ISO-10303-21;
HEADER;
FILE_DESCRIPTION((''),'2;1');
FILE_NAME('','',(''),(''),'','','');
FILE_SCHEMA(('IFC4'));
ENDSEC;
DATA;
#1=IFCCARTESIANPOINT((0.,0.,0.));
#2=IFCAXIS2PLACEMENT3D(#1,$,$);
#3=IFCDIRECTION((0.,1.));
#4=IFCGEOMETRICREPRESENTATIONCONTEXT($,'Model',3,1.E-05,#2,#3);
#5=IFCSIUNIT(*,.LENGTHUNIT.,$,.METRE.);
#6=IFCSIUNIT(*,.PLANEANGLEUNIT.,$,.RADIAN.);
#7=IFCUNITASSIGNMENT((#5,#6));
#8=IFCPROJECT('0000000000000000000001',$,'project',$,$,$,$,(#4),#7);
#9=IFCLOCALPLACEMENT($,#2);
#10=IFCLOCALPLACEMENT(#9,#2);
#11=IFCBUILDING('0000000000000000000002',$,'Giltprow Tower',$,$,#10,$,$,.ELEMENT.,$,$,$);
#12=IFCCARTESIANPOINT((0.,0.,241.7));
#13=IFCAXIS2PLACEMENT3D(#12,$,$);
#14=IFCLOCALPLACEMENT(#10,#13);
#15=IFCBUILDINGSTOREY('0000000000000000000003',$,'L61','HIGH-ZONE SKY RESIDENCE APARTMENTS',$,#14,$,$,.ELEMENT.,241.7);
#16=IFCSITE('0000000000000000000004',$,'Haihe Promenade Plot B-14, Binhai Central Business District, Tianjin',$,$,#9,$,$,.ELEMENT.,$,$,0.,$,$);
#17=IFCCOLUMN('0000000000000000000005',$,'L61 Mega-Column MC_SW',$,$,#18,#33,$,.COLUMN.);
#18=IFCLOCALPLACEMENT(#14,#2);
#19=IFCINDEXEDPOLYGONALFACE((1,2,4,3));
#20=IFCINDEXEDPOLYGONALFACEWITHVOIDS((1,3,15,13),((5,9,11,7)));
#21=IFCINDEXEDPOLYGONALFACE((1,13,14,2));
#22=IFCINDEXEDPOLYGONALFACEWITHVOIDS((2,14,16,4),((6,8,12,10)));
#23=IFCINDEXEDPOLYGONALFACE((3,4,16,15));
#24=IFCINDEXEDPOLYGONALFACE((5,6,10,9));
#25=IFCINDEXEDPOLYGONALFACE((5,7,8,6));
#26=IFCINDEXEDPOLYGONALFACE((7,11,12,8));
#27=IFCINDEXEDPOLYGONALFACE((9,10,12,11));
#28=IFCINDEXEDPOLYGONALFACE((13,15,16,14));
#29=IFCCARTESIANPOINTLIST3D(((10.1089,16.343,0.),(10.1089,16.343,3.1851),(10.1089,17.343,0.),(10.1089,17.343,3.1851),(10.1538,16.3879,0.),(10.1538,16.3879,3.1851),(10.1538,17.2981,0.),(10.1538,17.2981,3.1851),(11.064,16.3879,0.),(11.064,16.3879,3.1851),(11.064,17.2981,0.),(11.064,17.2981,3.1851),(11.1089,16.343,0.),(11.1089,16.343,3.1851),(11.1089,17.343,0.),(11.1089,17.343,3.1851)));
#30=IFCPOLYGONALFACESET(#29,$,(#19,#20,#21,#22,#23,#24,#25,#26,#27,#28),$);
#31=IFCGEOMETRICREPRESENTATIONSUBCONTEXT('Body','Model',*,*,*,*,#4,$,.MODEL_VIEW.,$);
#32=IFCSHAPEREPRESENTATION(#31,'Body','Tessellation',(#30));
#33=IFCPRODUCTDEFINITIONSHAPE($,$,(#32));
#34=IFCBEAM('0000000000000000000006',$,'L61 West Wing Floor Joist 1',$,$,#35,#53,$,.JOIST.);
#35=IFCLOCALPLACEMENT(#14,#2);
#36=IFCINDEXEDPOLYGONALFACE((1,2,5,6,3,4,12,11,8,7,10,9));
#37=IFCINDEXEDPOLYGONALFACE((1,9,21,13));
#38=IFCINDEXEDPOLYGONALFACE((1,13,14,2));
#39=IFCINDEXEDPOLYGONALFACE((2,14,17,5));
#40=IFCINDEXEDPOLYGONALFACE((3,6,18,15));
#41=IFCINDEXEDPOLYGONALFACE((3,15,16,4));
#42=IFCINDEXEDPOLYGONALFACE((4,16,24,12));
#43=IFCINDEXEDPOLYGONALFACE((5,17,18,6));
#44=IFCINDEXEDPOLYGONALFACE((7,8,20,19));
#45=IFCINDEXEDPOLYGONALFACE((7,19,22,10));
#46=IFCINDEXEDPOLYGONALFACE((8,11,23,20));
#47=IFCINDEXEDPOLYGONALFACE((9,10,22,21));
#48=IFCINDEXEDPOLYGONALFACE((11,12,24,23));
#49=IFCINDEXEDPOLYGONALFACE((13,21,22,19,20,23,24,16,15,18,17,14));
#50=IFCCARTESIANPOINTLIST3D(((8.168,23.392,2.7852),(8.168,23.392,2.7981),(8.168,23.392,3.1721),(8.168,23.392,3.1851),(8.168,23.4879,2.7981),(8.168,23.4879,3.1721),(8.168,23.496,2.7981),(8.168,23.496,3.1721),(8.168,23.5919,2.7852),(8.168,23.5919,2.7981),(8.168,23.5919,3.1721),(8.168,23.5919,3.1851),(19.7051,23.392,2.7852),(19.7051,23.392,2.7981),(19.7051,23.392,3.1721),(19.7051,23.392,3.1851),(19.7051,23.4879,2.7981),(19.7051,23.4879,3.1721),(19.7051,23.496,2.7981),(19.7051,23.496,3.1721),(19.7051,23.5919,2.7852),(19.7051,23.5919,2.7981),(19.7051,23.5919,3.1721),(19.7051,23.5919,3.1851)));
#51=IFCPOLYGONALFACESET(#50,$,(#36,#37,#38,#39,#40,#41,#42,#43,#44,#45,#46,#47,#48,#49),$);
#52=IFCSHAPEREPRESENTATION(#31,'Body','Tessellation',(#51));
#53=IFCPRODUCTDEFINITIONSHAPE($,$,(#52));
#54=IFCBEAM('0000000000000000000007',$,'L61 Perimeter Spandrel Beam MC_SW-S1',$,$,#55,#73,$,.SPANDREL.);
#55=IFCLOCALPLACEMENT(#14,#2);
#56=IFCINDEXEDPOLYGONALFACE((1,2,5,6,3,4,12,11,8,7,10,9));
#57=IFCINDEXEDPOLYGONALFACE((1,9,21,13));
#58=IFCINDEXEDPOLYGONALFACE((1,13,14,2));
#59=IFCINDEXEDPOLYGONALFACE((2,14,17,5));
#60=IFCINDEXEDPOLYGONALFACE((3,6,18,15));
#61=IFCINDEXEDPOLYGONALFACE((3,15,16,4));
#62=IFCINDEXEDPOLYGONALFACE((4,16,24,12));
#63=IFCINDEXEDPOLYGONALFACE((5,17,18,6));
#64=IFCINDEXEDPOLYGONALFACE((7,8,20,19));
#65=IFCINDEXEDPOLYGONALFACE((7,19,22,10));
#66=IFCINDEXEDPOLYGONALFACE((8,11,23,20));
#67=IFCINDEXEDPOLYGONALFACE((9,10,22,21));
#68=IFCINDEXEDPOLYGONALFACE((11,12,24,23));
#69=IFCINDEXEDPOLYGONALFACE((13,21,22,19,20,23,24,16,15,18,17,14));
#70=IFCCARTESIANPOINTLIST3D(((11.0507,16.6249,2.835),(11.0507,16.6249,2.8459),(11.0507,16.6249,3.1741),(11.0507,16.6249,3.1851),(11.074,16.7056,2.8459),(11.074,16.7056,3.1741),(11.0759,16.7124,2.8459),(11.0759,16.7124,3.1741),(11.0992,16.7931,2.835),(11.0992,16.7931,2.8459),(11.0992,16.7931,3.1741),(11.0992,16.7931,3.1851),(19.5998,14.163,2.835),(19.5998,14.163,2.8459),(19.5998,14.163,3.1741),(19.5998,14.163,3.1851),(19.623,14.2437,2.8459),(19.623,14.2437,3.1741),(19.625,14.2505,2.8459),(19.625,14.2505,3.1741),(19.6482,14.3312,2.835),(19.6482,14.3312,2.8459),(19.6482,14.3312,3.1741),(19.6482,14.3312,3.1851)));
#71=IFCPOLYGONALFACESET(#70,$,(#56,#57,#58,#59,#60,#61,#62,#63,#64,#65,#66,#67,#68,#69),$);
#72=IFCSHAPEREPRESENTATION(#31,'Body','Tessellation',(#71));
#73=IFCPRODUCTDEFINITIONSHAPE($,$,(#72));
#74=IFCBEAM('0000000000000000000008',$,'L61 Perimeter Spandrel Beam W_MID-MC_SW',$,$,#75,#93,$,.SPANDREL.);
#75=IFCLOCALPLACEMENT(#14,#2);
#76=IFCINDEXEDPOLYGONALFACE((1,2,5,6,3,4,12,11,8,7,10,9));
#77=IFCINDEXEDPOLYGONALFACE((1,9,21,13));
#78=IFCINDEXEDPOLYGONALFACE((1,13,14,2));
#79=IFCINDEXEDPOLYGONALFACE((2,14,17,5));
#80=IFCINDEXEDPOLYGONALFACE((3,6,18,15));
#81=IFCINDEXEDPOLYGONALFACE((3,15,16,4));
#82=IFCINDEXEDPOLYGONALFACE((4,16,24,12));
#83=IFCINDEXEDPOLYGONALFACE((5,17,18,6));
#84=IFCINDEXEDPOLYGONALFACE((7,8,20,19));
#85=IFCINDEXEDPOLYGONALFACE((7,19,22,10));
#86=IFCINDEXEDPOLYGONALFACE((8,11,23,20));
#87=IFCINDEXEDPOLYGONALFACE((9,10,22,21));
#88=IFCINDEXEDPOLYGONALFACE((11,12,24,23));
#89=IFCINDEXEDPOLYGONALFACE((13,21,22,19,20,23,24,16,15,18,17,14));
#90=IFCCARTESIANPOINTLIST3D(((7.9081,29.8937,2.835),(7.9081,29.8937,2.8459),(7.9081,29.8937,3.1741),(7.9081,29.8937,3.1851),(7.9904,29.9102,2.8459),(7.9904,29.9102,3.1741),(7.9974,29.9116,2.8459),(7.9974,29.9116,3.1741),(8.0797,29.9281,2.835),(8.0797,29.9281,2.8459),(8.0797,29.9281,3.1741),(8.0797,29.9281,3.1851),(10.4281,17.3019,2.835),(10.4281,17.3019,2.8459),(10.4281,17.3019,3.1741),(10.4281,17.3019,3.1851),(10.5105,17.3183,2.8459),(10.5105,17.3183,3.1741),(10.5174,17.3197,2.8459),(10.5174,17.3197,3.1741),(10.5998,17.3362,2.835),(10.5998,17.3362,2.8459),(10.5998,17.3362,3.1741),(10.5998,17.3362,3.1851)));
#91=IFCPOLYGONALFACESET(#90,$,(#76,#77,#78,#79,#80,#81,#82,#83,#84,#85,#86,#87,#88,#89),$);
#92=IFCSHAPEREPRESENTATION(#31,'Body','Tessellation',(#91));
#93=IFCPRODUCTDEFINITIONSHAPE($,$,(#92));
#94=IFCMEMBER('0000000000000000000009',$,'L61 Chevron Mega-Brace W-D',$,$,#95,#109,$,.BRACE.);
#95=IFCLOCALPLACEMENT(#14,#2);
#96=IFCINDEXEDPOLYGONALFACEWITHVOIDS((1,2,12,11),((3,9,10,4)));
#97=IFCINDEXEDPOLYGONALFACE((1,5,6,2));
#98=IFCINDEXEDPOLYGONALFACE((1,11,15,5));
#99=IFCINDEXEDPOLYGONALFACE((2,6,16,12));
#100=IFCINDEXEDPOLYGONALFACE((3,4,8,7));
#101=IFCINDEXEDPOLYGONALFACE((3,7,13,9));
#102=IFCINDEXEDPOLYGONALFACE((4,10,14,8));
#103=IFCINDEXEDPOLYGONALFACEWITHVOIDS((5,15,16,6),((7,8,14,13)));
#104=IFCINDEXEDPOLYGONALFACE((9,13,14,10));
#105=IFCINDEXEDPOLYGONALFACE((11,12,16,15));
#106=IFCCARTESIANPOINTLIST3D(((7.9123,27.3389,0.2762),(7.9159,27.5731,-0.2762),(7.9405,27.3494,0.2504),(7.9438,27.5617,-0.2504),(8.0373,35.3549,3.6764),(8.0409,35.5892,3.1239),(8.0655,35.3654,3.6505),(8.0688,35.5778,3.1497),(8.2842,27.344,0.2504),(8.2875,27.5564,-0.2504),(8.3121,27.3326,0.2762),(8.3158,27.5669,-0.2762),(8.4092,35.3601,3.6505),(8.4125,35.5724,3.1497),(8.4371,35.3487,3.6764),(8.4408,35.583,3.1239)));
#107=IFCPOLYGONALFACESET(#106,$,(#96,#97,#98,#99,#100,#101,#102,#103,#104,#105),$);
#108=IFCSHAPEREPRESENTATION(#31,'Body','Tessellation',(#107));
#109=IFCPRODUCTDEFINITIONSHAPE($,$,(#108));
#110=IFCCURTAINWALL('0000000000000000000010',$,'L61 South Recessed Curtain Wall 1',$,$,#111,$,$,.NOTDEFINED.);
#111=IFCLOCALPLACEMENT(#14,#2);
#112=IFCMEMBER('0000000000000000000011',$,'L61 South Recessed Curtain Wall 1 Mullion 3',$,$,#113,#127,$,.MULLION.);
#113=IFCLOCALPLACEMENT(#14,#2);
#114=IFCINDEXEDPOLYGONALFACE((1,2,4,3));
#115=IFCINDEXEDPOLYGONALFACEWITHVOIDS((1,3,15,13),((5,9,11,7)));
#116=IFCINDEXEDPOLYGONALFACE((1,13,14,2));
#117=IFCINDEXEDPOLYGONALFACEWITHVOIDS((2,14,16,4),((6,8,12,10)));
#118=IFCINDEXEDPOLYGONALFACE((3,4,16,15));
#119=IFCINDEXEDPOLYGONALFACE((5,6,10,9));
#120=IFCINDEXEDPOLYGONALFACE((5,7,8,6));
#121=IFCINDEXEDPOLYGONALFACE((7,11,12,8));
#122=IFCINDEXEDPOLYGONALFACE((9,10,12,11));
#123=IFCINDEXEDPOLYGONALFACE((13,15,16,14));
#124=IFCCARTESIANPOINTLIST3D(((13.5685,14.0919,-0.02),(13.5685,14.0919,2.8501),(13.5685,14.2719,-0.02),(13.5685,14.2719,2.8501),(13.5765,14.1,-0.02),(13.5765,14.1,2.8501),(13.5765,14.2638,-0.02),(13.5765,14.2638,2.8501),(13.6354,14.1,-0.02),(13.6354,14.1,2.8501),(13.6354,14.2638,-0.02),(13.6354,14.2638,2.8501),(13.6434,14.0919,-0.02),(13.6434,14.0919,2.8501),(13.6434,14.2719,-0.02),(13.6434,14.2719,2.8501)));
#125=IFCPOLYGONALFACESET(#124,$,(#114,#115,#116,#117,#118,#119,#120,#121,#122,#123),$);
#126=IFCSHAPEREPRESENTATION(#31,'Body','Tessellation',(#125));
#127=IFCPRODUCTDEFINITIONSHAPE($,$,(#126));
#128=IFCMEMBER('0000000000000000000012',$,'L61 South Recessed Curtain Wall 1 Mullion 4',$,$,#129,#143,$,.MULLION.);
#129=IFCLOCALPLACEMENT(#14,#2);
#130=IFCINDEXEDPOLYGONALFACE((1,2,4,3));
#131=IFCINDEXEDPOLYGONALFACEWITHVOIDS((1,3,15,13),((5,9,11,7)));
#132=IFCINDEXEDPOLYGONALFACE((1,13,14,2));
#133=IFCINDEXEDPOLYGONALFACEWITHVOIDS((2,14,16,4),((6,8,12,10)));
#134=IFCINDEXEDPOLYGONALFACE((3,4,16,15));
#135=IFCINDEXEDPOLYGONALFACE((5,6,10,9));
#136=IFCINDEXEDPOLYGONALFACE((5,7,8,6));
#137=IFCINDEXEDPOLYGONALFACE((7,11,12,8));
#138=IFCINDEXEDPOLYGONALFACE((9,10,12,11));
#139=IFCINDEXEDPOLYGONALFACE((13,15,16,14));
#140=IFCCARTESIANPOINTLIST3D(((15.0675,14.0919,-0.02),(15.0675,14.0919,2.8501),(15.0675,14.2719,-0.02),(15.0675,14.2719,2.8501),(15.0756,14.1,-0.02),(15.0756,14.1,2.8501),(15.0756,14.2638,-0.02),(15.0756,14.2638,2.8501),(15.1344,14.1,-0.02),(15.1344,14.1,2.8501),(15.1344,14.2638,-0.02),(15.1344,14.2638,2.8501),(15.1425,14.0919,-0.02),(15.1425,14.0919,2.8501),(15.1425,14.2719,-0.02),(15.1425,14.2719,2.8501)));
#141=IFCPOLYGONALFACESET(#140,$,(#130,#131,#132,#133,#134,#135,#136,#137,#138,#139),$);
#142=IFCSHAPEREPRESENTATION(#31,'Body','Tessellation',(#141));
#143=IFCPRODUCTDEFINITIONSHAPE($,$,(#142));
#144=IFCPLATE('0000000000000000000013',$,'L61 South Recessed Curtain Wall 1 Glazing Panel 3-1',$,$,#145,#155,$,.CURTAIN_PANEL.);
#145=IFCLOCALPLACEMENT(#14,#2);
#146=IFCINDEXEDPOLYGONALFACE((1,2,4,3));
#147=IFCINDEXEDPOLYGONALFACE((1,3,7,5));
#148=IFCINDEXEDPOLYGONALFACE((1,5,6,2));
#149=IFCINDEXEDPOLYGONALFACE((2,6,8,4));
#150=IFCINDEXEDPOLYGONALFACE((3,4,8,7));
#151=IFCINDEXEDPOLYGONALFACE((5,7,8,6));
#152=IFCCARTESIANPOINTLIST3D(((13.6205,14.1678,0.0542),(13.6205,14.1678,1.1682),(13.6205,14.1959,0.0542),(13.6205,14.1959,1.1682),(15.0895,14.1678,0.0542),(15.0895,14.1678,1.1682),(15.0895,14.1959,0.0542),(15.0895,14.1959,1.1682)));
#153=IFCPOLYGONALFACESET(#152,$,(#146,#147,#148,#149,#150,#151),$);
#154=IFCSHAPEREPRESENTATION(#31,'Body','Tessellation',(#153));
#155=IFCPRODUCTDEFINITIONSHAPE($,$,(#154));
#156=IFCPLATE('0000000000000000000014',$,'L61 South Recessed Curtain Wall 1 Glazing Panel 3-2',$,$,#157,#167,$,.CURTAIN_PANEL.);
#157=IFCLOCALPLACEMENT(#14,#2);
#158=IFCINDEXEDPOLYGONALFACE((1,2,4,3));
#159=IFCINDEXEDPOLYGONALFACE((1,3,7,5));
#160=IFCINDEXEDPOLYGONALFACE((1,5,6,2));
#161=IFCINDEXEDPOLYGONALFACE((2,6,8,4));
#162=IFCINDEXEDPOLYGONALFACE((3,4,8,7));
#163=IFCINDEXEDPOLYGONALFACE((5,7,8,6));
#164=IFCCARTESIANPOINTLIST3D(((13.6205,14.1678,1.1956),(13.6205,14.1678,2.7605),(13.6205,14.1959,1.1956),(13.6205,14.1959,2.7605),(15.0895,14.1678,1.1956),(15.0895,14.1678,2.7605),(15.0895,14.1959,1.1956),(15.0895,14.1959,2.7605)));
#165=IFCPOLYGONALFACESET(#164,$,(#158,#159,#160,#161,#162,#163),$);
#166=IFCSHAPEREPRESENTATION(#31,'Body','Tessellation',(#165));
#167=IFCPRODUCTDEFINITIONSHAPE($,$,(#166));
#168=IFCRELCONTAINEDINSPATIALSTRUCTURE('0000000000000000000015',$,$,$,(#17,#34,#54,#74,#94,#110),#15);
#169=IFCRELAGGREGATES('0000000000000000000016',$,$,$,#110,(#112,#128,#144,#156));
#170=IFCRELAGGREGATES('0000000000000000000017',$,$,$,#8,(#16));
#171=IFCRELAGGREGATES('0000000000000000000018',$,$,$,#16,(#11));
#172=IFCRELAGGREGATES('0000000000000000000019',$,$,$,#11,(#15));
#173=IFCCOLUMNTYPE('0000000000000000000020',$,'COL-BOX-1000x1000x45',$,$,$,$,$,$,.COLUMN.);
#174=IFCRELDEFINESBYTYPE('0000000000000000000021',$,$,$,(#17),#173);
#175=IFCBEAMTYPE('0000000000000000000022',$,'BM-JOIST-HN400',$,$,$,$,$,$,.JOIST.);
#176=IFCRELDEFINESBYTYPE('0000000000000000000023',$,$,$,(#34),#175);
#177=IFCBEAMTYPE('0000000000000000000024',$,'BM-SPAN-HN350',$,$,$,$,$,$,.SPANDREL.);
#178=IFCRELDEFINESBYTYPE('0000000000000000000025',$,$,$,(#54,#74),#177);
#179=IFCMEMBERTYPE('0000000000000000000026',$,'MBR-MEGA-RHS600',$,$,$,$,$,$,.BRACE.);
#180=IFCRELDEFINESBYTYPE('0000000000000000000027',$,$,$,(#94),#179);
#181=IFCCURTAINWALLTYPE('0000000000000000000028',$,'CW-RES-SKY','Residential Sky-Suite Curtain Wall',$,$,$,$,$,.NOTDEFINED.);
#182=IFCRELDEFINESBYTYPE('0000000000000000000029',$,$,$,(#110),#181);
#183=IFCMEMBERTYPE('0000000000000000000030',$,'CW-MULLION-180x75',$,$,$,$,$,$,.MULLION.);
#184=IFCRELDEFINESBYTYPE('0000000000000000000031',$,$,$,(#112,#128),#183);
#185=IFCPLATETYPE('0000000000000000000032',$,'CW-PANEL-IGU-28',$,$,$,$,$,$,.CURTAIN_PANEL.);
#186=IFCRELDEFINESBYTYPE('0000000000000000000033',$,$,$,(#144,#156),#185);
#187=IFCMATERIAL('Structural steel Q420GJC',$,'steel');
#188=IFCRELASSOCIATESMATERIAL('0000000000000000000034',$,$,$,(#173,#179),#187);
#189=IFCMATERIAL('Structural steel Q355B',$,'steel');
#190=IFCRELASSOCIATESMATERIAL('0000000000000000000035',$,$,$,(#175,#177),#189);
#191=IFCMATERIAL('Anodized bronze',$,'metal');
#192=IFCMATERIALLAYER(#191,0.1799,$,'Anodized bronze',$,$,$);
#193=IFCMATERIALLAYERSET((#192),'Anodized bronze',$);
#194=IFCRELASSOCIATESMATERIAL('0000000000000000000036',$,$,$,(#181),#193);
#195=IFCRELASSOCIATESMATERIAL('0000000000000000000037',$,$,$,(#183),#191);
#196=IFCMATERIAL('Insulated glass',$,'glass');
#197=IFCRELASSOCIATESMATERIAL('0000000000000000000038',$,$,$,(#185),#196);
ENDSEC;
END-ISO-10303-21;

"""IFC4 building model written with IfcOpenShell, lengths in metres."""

from ifc_helpers import new_model, si_unit, direction, frame, origin, origin_2d, place, context, subcontext, project, spatial, rectangle, hollow_rectangle, i_section, extrude, source, transform, mapped, material, layer, layer_set, material_profile, profile_set, type_object, element, aggregate, save


model = new_model("IFC4")

# Units and contexts
model_context = context("Model", 3, precision=1e-05, world=origin(), true_north=direction((0.0, 1.0)))
body_context = subcontext(model_context, "Body", "Model", "MODEL_VIEW")
ifc_project = project(units=[si_unit("LENGTHUNIT", "METRE"), si_unit("PLANEANGLEUNIT", "RADIAN")], contexts=[model_context])

# Site, building, storey
site_placement = place(None, origin())
site = spatial("IfcSite", under=ifc_project, at=site_placement, Name="Haihe Promenade Plot B-14, Binhai Central Business District, Tianjin", CompositionType="ELEMENT", RefElevation=0.0)
building_placement = place(site_placement, origin())
building = spatial("IfcBuilding", under=site, at=building_placement, Name="Giltprow Tower", CompositionType="ELEMENT")
storey_placement = place(building_placement, frame((0.0, 0.0, 241.7)))
storey = spatial("IfcBuildingStorey", under=building, at=storey_placement, Name="L61", Description="HIGH-ZONE SKY RESIDENCE APARTMENTS", CompositionType="ELEMENT", Elevation=241.7)

# Column
ifc_material_1 = material(Name="Structural steel Q420GJC", Category="steel")
ifc_material_profile_1 = material_profile(ifc_material_1, hollow_rectangle(XDim=1.0, YDim=1.0, WallThickness=0.0449, at=origin_2d()), Name="BOX 1000x1000x45")
ifc_profile_set_1 = profile_set([ifc_material_profile_1], Name="Structural steel Q420GJC")
column_type = type_object("IfcColumnType", Name="COL-BOX-1000x1000x45", PredefinedType="COLUMN", material=ifc_profile_set_1)
shared_shape_1 = source(origin(), body_context, "Body", "SweptSolid", [
    extrude(hollow_rectangle(XDim=1.0, YDim=1.0, WallThickness=0.0449, at=origin_2d()), origin(), (0.0, 0.0, 1.0), 3.1851),
])
column_placement = place(storey_placement, frame((10.6089, 16.843, 0.0), z_axis=(0.0, 0.0, 1.0), x_axis=(1.0, 0.0, 0.0)))
element("IfcColumn", 1, at=column_placement, inside=storey, type_object=column_type, Name="L61 Mega-Column MC_SW", PredefinedType="COLUMN", context=body_context, shape_type="MappedRepresentation", body=[
    mapped(shared_shape_1, transform((0.0, 0.0, 0.0), x_axis=(1.0, 0.0, 0.0), y_axis=(0.0, 1.0, 0.0), z_axis=(0.0, 0.0, 1.0), scale=1.0)),
])

# Beams
ifc_material_2 = material(Name="Structural steel Q355B", Category="steel")
ifc_material_profile_2 = material_profile(ifc_material_2, i_section(OverallWidth=0.2, OverallDepth=0.3999, WebThickness=0.0081, FlangeThickness=0.0129, at=origin_2d()), Name="HN 400x200x8x13")
ifc_profile_set_2 = profile_set([ifc_material_profile_2], Name="Structural steel Q355B")
beam_type_1 = type_object("IfcBeamType", Name="BM-JOIST-HN400", PredefinedType="JOIST", material=ifc_profile_set_2)
shared_shape_2 = source(origin(), body_context, "Body", "SweptSolid", [
    extrude(i_section(OverallWidth=0.2, OverallDepth=0.3999, WebThickness=0.0081, FlangeThickness=0.0129, at=origin_2d()), origin(), (0.0, 0.0, 1.0), 11.5371),
])
beam_1_placement = place(storey_placement, frame((8.168, 23.4919, 2.9851), z_axis=(1.0, 0.0, 0.0), x_axis=(0.0, 1.0, 0.0)))
element("IfcBeam", 2, at=beam_1_placement, inside=storey, type_object=beam_type_1, Name="L61 West Wing Floor Joist 1", PredefinedType="JOIST", context=body_context, shape_type="MappedRepresentation", body=[
    mapped(shared_shape_2, transform((0.0, 0.0, 0.0), x_axis=(1.0, 0.0, 0.0), y_axis=(0.0, 1.0, 0.0), z_axis=(0.0, 0.0, 1.0), scale=1.0)),
])
ifc_material_profile_3 = material_profile(ifc_material_2, i_section(OverallWidth=0.175, OverallDepth=0.3501, WebThickness=0.0071, FlangeThickness=0.011, at=origin_2d()), Name="HN 350x175x7x11")
ifc_profile_set_3 = profile_set([ifc_material_profile_3], Name="Structural steel Q355B")
beam_type_2 = type_object("IfcBeamType", Name="BM-SPAN-HN350", PredefinedType="SPANDREL", material=ifc_profile_set_3)
shared_shape_3 = source(origin(), body_context, "Body", "SweptSolid", [
    extrude(i_section(OverallWidth=0.175, OverallDepth=0.3501, WebThickness=0.0071, FlangeThickness=0.011, at=origin_2d()), origin(), (0.0, 0.0, 1.0), 8.8965),
])
beam_2_placement = place(storey_placement, frame((11.075, 16.709, 3.01), z_axis=(0.960948, -0.276728, 0.0), x_axis=(0.276728, 0.960948, 0.0)))
element("IfcBeam", 3, at=beam_2_placement, inside=storey, type_object=beam_type_2, Name="L61 Perimeter Spandrel Beam MC_SW-S1", PredefinedType="SPANDREL", context=body_context, shape_type="MappedRepresentation", body=[
    mapped(shared_shape_3, transform((0.0, 0.0, 0.0), x_axis=(1.0, 0.0, 0.0), y_axis=(0.0, 1.0, 0.0), z_axis=(0.0, 0.0, 1.0), scale=1.0)),
])
shared_shape_4 = source(origin(), body_context, "Body", "SweptSolid", [
    extrude(i_section(OverallWidth=0.175, OverallDepth=0.3501, WebThickness=0.0071, FlangeThickness=0.011, at=origin_2d()), origin(), (0.0, 0.0, 1.0), 12.8416),
])
beam_3_placement = place(storey_placement, frame((7.9939, 29.9109, 3.01), z_axis=(0.19624, -0.980556, 0.0), x_axis=(0.980556, 0.19624, 0.0)))
element("IfcBeam", 4, at=beam_3_placement, inside=storey, type_object=beam_type_2, Name="L61 Perimeter Spandrel Beam W_MID-MC_SW", PredefinedType="SPANDREL", context=body_context, shape_type="MappedRepresentation", body=[
    mapped(shared_shape_4, transform((0.0, 0.0, 0.0), x_axis=(1.0, 0.0, 0.0), y_axis=(0.0, 1.0, 0.0), z_axis=(0.0, 0.0, 1.0), scale=1.0)),
])

# Member
ifc_material_profile_4 = material_profile(ifc_material_1, hollow_rectangle(XDim=0.3999, YDim=0.6001, WallThickness=0.0281, at=origin_2d()), Name="RHS 600x400x28")
ifc_profile_set_4 = profile_set([ifc_material_profile_4], Name="Structural steel Q420GJC")
member_type_1 = type_object("IfcMemberType", Name="MBR-MEGA-RHS600", PredefinedType="BRACE", material=ifc_profile_set_4)
shared_shape_5 = source(origin(), body_context, "Body", "SweptSolid", [
    extrude(hollow_rectangle(XDim=0.3999, YDim=0.6001, WallThickness=0.0281, at=origin_2d()), origin(), (0.0, 0.0, 1.0), 8.7083),
])
member_1_placement = place(storey_placement, frame((8.114, 27.4529, 0.0), z_axis=(0.014354, 0.920513, 0.390448), x_axis=(-0.999878, 0.015592, 0.0)))
element("IfcMember", 5, at=member_1_placement, inside=storey, type_object=member_type_1, Name="L61 Chevron Mega-Brace W-D", PredefinedType="BRACE", context=body_context, shape_type="MappedRepresentation", body=[
    mapped(shared_shape_5, transform((0.0, 0.0, 0.0), x_axis=(1.0, 0.0, 0.0), y_axis=(0.0, 1.0, 0.0), z_axis=(0.0, 0.0, 1.0), scale=1.0)),
])

# Curtain wall, members, plates
ifc_material_3 = material(Name="Anodized bronze", Category="metal")
ifc_layer_1 = layer(ifc_material_3, 0.1799, Name="Anodized bronze")
ifc_layer_set_1 = layer_set([ifc_layer_1], Name="Anodized bronze")
curtain_wall_type = type_object("IfcCurtainWallType", Name="CW-RES-SKY", Description="Residential Sky-Suite Curtain Wall", PredefinedType="NOTDEFINED", material=ifc_layer_set_1)
curtain_wall_placement = place(storey_placement, origin())
curtain_wall = element("IfcCurtainWall", 6, at=curtain_wall_placement, inside=storey, type_object=curtain_wall_type, Name="L61 South Recessed Curtain Wall 1", PredefinedType="NOTDEFINED")
ifc_material_profile_5 = material_profile(ifc_material_3, hollow_rectangle(XDim=0.075, YDim=0.1799, WallThickness=0.0081, at=origin_2d()), Name="RHS 180x75x8")
ifc_profile_set_5 = profile_set([ifc_material_profile_5], Name="Anodized bronze")
member_type_2 = type_object("IfcMemberType", Name="CW-MULLION-180x75", PredefinedType="MULLION", material=ifc_profile_set_5)
shared_shape_6 = source(origin(), body_context, "Body", "SweptSolid", [
    extrude(hollow_rectangle(XDim=0.075, YDim=0.1799, WallThickness=0.0081, at=origin_2d()), origin(), (0.0, 0.0, 1.0), 2.8701),
])
member_2_placement = place(storey_placement, frame((13.606, 14.1819, -0.02), z_axis=(0.0, 0.0, 1.0), x_axis=(1.0, 0.0, 0.0)))
member_2 = element("IfcMember", 7, at=member_2_placement, type_object=member_type_2, Name="L61 South Recessed Curtain Wall 1 Mullion 3", PredefinedType="MULLION", context=body_context, shape_type="MappedRepresentation", body=[
    mapped(shared_shape_6, transform((0.0, 0.0, 0.0), x_axis=(1.0, 0.0, 0.0), y_axis=(0.0, 1.0, 0.0), z_axis=(0.0, 0.0, 1.0), scale=1.0)),
])
member_3_placement = place(storey_placement, frame((15.105, 14.1819, -0.02), z_axis=(0.0, 0.0, 1.0), x_axis=(1.0, 0.0, 0.0)))
member_3 = element("IfcMember", 8, at=member_3_placement, type_object=member_type_2, Name="L61 South Recessed Curtain Wall 1 Mullion 4", PredefinedType="MULLION", context=body_context, shape_type="MappedRepresentation", body=[
    mapped(shared_shape_6, transform((0.0, 0.0, 0.0), x_axis=(1.0, 0.0, 0.0), y_axis=(0.0, 1.0, 0.0), z_axis=(0.0, 0.0, 1.0), scale=1.0)),
])
ifc_material_4 = material(Name="Insulated glass", Category="glass")
plate_type = type_object("IfcPlateType", Name="CW-PANEL-IGU-28", PredefinedType="CURTAIN_PANEL", material=ifc_material_4)
shared_shape_7 = source(origin(), body_context, "Body", "SweptSolid", [
    extrude(rectangle(XDim=1.469, YDim=0.0281, at=origin_2d()), origin(), (0.0, 0.0, 1.0), 1.114),
])
plate_1_placement = place(storey_placement, frame((14.355, 14.1819, 0.0542), z_axis=(0.0, 0.0, 1.0), x_axis=(1.0, 0.0, 0.0)))
plate_1 = element("IfcPlate", 9, at=plate_1_placement, type_object=plate_type, Name="L61 South Recessed Curtain Wall 1 Glazing Panel 3-1", PredefinedType="CURTAIN_PANEL", context=body_context, shape_type="MappedRepresentation", body=[
    mapped(shared_shape_7, transform((0.0, 0.0, 0.0), x_axis=(1.0, 0.0, 0.0), y_axis=(0.0, 1.0, 0.0), z_axis=(0.0, 0.0, 1.0), scale=1.0)),
])
shared_shape_8 = source(origin(), body_context, "Body", "SweptSolid", [
    extrude(rectangle(XDim=1.469, YDim=0.0281, at=origin_2d()), origin(), (0.0, 0.0, 1.0), 1.5649),
])
plate_2_placement = place(storey_placement, frame((14.355, 14.1819, 1.1956), z_axis=(0.0, 0.0, 1.0), x_axis=(1.0, 0.0, 0.0)))
plate_2 = element("IfcPlate", 10, at=plate_2_placement, type_object=plate_type, Name="L61 South Recessed Curtain Wall 1 Glazing Panel 3-2", PredefinedType="CURTAIN_PANEL", context=body_context, shape_type="MappedRepresentation", body=[
    mapped(shared_shape_8, transform((0.0, 0.0, 0.0), x_axis=(1.0, 0.0, 0.0), y_axis=(0.0, 1.0, 0.0), z_axis=(0.0, 0.0, 1.0), scale=1.0)),
])
aggregate(curtain_wall, [member_2, member_3, plate_1, plate_2])

save(model, "model.ifc")
